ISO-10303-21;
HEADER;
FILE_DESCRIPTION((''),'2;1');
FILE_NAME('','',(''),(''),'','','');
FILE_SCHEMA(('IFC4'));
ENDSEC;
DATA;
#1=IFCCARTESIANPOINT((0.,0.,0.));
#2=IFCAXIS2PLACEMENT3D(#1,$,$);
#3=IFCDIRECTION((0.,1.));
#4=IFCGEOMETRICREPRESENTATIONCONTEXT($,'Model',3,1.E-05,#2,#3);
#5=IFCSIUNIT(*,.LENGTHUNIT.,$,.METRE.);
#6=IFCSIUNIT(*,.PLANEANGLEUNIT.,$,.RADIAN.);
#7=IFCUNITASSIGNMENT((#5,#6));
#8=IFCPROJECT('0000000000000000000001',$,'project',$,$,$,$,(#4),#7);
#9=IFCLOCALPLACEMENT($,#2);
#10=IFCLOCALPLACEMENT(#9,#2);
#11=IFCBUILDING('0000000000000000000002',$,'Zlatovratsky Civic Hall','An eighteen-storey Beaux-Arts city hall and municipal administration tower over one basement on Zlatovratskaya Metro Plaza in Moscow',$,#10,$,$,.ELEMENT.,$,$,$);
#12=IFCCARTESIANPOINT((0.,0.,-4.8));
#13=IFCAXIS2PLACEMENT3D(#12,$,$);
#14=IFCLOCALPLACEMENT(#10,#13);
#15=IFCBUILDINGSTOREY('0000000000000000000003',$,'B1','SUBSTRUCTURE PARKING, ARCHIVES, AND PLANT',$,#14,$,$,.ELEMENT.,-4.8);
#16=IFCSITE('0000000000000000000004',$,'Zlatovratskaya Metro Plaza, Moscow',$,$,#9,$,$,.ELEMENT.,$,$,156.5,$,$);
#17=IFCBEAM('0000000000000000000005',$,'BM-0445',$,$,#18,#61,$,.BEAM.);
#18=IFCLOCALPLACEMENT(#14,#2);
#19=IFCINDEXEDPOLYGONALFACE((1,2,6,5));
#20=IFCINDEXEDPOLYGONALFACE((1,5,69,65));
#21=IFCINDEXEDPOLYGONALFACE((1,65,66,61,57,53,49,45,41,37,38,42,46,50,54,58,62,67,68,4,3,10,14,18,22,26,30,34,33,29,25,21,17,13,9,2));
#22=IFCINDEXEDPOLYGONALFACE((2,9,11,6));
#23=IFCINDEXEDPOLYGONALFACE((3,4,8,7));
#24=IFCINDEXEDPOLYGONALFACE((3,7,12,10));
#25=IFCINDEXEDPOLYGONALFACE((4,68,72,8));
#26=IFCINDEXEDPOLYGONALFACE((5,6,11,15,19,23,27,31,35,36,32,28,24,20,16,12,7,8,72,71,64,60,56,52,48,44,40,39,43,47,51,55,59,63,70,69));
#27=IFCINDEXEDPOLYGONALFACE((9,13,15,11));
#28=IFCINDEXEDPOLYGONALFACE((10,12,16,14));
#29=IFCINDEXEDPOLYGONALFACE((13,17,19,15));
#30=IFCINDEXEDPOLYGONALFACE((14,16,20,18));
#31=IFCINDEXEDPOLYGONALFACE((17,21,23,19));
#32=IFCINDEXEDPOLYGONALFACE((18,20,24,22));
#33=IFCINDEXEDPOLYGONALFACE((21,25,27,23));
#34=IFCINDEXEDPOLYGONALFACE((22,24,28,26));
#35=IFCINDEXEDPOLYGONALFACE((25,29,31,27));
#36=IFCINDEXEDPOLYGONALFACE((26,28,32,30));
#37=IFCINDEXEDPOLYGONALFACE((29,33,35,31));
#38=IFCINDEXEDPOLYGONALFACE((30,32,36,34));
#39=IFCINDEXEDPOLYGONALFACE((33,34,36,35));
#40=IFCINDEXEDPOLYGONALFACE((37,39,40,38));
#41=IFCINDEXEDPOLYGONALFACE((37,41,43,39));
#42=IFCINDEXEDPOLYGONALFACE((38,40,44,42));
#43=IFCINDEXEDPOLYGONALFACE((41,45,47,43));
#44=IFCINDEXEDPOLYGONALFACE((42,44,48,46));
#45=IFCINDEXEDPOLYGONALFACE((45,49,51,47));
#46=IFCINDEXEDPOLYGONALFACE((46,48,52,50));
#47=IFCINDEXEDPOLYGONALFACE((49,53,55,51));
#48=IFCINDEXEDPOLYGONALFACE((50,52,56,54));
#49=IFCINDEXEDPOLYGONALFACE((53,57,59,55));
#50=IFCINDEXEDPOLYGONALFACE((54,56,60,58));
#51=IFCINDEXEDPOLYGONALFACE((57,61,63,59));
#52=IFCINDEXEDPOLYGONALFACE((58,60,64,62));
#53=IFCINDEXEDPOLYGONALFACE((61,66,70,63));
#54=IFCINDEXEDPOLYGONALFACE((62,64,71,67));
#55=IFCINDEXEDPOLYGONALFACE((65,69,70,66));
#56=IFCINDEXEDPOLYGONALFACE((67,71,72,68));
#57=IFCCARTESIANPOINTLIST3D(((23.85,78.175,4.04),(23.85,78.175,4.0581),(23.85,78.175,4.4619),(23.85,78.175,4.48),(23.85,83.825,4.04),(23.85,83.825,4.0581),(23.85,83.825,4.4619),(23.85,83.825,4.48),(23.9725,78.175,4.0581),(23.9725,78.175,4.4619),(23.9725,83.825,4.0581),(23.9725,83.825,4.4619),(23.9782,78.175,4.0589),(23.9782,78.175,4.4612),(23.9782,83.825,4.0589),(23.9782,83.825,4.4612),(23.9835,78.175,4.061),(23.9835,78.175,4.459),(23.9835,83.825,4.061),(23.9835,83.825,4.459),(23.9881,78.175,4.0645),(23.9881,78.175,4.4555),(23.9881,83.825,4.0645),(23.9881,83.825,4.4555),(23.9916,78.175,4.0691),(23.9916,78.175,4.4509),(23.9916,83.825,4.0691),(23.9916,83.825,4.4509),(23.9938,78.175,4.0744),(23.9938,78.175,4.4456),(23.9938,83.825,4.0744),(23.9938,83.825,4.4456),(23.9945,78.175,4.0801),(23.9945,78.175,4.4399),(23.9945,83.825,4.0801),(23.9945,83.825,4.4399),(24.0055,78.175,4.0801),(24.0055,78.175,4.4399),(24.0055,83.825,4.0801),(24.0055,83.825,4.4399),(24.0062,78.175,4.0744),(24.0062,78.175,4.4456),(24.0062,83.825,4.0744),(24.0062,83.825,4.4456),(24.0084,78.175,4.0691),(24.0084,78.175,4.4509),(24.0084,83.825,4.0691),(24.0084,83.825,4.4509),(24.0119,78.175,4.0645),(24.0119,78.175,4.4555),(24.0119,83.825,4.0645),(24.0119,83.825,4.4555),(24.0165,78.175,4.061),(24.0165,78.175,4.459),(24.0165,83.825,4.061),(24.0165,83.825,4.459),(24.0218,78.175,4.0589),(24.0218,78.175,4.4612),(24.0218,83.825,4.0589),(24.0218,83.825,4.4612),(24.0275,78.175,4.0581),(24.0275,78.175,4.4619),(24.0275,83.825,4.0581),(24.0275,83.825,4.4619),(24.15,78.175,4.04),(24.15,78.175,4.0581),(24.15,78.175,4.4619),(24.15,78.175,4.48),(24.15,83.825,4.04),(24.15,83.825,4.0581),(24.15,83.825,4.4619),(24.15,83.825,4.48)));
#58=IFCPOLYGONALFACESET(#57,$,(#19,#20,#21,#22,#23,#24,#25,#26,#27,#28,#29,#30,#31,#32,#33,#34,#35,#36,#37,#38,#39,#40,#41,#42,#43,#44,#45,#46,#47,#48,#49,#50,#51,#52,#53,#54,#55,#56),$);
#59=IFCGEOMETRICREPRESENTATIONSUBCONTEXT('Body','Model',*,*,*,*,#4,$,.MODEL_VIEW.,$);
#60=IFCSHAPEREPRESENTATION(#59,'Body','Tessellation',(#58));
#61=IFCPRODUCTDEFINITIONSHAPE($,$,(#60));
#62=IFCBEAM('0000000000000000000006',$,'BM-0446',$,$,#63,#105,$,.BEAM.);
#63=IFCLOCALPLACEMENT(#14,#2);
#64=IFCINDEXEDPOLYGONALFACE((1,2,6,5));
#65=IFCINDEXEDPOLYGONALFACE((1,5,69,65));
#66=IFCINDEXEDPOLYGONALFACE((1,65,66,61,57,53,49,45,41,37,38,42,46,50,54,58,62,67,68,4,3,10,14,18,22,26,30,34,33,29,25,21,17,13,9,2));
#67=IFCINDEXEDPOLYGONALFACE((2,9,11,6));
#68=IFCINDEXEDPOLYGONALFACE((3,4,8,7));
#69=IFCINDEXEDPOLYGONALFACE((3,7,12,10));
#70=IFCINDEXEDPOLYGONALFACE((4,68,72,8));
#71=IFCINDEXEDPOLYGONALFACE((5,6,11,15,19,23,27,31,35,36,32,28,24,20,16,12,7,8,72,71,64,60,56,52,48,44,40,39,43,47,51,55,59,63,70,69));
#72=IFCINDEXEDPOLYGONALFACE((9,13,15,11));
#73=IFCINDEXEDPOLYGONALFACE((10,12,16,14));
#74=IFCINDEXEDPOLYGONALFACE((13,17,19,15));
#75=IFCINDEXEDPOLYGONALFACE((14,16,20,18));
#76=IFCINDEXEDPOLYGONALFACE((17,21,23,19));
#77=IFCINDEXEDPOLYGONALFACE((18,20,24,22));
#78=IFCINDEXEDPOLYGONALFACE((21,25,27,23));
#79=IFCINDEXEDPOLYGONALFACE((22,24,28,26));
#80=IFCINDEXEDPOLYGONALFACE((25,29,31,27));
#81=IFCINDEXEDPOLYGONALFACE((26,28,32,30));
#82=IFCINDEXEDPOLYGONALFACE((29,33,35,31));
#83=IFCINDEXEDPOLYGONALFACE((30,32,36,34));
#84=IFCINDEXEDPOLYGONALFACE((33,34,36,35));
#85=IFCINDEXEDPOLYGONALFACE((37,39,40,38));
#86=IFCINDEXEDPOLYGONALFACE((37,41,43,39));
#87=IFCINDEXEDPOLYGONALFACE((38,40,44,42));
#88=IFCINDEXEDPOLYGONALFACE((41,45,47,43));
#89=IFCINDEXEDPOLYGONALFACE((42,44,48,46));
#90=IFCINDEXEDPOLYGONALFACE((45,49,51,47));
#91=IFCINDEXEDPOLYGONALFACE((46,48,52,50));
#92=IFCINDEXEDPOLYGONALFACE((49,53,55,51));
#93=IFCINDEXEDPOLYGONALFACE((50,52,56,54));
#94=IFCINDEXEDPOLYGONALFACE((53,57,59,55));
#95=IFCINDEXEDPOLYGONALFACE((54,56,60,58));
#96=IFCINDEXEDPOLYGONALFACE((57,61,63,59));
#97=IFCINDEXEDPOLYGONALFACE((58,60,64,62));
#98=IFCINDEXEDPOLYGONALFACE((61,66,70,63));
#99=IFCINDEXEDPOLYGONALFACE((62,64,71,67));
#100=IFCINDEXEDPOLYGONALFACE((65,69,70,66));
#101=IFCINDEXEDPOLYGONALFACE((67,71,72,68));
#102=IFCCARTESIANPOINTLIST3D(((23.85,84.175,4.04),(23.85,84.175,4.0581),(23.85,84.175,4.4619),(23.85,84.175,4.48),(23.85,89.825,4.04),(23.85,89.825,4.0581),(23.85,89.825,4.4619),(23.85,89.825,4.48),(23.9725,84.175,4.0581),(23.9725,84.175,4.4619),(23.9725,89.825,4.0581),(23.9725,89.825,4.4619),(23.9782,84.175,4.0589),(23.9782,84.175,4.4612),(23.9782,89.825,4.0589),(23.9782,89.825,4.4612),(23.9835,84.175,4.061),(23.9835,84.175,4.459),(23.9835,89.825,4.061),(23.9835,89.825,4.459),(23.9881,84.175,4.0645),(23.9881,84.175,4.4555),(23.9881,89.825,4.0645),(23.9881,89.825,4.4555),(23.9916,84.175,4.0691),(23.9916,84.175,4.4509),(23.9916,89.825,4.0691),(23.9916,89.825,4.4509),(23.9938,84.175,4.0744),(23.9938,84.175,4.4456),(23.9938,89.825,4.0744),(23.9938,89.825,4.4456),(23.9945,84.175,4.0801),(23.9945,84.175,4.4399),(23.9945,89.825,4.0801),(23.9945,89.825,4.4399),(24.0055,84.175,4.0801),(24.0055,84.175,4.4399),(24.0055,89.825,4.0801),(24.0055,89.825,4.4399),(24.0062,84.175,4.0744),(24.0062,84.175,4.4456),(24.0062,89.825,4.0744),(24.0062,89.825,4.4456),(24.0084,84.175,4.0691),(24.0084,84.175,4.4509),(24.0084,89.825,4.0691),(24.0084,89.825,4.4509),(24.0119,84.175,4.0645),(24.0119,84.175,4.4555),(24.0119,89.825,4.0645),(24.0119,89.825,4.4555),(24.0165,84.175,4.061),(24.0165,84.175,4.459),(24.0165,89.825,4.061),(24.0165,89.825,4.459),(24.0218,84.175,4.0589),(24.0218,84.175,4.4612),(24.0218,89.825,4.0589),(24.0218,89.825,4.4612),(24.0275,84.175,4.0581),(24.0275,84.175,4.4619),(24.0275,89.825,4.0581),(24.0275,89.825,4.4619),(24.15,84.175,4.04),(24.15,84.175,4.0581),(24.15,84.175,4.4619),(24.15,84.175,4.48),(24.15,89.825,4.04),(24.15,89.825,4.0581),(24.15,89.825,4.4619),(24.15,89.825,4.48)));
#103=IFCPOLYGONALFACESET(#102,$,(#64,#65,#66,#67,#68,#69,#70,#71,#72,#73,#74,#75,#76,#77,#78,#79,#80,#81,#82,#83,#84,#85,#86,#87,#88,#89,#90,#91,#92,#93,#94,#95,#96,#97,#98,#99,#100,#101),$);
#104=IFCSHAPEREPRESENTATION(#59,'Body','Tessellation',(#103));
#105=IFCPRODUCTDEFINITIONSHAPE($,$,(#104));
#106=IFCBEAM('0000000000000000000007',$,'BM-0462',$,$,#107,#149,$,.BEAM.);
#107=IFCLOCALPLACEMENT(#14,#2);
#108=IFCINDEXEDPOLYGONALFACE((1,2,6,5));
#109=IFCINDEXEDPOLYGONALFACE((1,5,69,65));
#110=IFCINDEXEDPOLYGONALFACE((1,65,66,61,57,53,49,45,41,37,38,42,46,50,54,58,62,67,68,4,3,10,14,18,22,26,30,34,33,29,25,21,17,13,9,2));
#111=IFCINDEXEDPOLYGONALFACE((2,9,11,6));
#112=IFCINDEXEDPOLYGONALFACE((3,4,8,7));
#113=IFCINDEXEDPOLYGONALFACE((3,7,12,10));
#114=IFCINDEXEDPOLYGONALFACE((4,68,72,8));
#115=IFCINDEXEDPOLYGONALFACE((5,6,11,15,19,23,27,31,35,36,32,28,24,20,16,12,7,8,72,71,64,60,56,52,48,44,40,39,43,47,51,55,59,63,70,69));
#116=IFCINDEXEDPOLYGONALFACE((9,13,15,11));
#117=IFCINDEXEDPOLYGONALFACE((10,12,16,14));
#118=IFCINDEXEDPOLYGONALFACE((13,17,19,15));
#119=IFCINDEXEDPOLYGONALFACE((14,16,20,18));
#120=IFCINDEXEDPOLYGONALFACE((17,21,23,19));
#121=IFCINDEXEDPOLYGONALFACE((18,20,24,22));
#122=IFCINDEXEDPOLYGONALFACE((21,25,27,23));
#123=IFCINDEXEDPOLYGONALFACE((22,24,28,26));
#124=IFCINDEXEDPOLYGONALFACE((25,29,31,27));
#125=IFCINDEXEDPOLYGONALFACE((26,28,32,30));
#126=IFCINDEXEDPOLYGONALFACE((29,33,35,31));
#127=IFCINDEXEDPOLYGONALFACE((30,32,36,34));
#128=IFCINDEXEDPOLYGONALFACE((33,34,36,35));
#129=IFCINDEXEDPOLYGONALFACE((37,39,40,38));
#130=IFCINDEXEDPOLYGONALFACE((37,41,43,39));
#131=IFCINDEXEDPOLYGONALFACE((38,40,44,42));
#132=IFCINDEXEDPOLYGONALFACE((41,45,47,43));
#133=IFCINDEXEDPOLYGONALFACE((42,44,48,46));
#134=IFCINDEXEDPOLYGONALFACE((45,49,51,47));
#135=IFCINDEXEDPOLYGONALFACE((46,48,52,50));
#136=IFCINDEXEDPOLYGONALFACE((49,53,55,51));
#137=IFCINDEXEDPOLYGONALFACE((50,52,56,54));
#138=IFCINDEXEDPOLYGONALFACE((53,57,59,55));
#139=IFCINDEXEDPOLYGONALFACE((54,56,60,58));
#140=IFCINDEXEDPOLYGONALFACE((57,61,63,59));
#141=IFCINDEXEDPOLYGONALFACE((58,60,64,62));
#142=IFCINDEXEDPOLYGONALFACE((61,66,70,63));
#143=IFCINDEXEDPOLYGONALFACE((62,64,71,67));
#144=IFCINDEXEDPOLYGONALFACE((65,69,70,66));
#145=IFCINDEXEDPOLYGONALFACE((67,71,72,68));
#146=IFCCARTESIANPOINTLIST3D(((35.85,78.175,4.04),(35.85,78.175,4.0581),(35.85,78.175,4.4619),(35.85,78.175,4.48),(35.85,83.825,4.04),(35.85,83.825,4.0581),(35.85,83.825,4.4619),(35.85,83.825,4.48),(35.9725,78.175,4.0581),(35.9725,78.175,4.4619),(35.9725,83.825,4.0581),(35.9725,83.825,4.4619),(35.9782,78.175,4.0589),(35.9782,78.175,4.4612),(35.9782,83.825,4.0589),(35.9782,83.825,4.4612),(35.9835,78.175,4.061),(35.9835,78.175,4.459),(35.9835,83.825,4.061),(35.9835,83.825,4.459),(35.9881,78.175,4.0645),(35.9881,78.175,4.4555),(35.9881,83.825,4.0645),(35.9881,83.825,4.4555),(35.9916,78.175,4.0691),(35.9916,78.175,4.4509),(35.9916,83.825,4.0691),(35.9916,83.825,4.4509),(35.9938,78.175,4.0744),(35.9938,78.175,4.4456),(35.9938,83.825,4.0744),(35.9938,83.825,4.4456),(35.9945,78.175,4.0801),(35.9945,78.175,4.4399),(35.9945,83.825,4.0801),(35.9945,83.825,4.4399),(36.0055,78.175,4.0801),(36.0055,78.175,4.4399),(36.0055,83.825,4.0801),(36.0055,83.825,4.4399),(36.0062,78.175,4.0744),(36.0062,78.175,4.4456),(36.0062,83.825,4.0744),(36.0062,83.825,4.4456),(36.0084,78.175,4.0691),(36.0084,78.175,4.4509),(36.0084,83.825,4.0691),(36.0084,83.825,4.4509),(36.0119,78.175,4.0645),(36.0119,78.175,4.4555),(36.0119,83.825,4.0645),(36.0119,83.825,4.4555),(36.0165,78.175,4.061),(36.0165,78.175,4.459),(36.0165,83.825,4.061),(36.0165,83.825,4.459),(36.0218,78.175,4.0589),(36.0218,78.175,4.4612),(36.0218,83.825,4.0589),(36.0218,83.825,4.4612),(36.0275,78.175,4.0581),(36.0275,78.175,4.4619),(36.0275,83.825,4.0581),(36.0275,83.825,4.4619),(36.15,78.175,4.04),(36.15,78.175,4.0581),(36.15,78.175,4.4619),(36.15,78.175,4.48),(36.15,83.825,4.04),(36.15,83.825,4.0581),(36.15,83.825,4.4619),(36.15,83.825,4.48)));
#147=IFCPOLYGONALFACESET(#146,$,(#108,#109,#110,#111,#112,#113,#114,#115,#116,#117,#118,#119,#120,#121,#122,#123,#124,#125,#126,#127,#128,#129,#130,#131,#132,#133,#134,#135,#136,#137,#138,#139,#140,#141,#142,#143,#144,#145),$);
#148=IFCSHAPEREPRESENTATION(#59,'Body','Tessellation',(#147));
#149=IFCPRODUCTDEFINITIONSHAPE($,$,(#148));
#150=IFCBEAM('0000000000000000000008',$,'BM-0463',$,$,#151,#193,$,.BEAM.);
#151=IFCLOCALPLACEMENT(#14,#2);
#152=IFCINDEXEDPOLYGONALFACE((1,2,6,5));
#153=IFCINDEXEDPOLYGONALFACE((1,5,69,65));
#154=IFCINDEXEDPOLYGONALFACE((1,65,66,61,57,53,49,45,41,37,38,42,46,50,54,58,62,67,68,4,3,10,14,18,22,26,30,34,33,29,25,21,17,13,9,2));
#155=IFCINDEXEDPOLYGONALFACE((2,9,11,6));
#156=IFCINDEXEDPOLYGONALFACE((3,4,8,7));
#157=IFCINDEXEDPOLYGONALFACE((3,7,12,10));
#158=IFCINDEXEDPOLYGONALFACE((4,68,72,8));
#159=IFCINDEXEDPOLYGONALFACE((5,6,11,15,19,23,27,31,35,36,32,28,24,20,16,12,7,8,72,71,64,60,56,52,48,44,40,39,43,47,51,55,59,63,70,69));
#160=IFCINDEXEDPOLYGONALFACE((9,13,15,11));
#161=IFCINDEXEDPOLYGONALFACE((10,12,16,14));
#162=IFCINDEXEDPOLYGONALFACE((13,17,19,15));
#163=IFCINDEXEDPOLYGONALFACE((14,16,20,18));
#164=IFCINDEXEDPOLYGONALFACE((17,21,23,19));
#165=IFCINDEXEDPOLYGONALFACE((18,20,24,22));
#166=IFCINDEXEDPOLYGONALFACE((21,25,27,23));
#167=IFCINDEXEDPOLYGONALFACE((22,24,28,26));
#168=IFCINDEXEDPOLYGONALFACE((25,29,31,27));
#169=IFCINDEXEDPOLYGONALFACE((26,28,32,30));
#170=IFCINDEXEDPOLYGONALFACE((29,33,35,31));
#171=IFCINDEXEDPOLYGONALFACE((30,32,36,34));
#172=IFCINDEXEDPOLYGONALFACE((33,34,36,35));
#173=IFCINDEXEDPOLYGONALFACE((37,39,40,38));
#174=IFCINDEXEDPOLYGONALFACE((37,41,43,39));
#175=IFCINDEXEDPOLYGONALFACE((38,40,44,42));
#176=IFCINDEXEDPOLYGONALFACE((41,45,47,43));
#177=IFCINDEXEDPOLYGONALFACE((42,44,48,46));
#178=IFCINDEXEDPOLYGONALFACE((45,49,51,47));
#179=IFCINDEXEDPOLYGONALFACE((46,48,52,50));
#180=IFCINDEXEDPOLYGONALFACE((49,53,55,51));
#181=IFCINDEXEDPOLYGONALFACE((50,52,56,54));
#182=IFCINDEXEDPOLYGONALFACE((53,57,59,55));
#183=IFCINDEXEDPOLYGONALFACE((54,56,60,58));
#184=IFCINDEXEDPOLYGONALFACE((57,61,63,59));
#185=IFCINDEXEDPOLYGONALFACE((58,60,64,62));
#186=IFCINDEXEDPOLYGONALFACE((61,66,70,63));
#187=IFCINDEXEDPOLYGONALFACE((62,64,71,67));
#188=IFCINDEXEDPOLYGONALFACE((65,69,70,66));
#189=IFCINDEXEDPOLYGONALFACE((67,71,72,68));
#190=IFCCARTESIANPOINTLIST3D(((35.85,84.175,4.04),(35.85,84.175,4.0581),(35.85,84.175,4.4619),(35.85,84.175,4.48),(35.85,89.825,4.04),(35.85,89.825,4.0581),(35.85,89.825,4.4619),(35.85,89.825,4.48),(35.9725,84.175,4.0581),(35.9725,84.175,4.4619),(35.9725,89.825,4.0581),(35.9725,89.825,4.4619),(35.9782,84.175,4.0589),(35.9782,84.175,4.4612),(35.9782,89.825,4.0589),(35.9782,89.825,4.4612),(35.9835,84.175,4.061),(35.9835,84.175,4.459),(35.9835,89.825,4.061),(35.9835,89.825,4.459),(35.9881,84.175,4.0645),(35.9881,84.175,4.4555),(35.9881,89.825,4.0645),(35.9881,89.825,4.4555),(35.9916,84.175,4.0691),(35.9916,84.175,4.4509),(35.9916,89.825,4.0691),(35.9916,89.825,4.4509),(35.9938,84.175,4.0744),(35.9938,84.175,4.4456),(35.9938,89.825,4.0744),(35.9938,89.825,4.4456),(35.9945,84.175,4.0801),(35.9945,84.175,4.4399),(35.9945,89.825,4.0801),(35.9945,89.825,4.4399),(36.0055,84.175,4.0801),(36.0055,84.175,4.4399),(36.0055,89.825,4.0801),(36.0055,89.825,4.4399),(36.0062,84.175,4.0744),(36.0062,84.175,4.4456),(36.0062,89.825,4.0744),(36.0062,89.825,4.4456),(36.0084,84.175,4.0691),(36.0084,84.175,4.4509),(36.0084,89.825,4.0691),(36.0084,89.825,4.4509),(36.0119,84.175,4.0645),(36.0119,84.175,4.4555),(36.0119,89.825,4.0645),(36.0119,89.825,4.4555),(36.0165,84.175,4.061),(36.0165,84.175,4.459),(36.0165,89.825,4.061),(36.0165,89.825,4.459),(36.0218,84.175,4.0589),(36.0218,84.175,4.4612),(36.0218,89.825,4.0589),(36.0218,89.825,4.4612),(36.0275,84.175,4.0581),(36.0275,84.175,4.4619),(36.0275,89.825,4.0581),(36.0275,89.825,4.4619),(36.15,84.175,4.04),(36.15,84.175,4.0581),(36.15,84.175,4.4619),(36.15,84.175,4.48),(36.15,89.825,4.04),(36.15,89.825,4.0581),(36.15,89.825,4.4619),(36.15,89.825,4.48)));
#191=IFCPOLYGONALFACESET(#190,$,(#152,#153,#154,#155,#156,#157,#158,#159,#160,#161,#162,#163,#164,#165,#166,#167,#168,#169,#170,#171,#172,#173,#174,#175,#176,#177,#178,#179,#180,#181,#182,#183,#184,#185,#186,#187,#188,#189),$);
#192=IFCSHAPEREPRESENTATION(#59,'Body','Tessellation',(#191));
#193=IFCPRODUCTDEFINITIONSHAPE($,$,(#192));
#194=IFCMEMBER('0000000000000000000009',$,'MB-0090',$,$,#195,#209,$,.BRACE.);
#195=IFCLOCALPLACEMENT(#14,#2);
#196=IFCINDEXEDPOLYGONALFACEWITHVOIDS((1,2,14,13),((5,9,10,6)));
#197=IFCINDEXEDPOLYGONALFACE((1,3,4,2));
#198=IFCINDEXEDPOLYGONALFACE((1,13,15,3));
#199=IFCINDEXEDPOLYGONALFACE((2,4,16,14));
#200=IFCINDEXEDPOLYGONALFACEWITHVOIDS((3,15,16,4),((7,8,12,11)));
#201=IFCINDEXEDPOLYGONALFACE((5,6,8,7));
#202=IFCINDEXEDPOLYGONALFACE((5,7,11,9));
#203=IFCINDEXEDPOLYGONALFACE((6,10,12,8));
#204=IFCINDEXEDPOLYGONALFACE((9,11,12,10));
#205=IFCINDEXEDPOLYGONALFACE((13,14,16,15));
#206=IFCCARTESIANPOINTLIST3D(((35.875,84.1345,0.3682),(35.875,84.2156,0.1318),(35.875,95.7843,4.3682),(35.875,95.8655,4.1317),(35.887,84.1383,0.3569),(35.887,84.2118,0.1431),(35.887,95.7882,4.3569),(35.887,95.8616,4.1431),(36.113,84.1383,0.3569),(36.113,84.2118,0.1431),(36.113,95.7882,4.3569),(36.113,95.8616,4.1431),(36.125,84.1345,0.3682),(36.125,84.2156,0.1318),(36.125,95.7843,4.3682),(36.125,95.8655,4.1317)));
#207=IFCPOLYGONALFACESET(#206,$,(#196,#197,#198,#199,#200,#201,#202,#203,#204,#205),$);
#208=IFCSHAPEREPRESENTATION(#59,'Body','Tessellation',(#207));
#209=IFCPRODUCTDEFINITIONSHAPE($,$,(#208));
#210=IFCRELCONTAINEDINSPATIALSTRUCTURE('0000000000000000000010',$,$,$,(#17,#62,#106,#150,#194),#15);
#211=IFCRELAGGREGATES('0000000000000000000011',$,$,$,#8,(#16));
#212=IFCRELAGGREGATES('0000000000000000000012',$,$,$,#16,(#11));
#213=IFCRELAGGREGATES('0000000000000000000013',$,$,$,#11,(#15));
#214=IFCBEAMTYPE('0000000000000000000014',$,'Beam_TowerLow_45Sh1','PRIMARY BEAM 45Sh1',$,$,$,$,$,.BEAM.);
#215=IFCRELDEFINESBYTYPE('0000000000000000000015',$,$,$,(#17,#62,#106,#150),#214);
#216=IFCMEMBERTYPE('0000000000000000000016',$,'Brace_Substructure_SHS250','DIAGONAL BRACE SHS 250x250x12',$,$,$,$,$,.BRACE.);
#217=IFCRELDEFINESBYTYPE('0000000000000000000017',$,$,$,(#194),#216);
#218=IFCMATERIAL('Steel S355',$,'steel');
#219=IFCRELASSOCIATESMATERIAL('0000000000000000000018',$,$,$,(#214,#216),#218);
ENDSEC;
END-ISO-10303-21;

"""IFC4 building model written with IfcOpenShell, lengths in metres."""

from ifc_helpers import new_model, si_unit, direction, frame, origin, origin_2d, place, context, subcontext, project, spatial, hollow_rectangle, i_section, extrude, material, material_profile, profile_set, type_object, element, save


model = new_model("IFC4")

# Units and contexts
model_context = context("Model", 3, precision=1e-05, world=origin(), true_north=direction((0.0, 1.0)))
body_context = subcontext(model_context, "Body", "Model", "MODEL_VIEW")
ifc_project = project(units=[si_unit("LENGTHUNIT", "METRE"), si_unit("PLANEANGLEUNIT", "RADIAN")], contexts=[model_context])

# Site, building, storey
site_placement = place(None, origin())
site = spatial("IfcSite", under=ifc_project, at=site_placement, Name="Zlatovratskaya Metro Plaza, Moscow", CompositionType="ELEMENT", RefElevation=156.5)
building_placement = place(site_placement, origin())
building = spatial("IfcBuilding", under=site, at=building_placement, Name="Zlatovratsky Civic Hall", Description="An eighteen-storey Beaux-Arts city hall and municipal administration tower over one basement on Zlatovratskaya Metro Plaza in Moscow", CompositionType="ELEMENT")
storey_placement = place(building_placement, frame((0.0, 0.0, -4.8)))
storey = spatial("IfcBuildingStorey", under=building, at=storey_placement, Name="B1", Description="SUBSTRUCTURE PARKING, ARCHIVES, AND PLANT", CompositionType="ELEMENT", Elevation=-4.8)

# Shared definitions
ifc_material_1 = material(Name="Steel S355", Category="steel")

# Beams
ifc_material_profile_1 = material_profile(ifc_material_1, i_section(OverallWidth=0.3, OverallDepth=0.4399, WebThickness=0.011, FlangeThickness=0.0181, FilletRadius=0.022, at=origin_2d()), Name="45Sh1")
ifc_profile_set_1 = profile_set([ifc_material_profile_1], Name="Steel S355")
beam_type_1 = type_object("IfcBeamType", Name="Beam_TowerLow_45Sh1", Description="PRIMARY BEAM 45Sh1", PredefinedType="BEAM", material=ifc_profile_set_1)
for number, where, z_axis, x_axis, name in (
    (1, (24.0, 78.175, 4.26), (0.0, 1.0, 0.0), (-1.0, 0.0, 0.0), "BM-0445"),
    (2, (24.0, 84.175, 4.26), (0.0, 1.0, 0.0), (-1.0, 0.0, 0.0), "BM-0446"),
    (3, (36.0, 78.175, 4.26), (0.0, 1.0, 0.0), (-1.0, 0.0, 0.0), "BM-0462"),
    (4, (36.0, 84.175, 4.26), (0.0, 1.0, 0.0), (-1.0, 0.0, 0.0), "BM-0463"),
):
    element("IfcBeam", number, at=place(storey_placement, frame(where, z_axis=z_axis, x_axis=x_axis)), inside=storey, type_object=beam_type_1, Name=name, PredefinedType="BEAM", context=body_context, shape_type="SweptSolid", body=[
        extrude(i_section(OverallWidth=0.3, OverallDepth=0.4399, WebThickness=0.011, FlangeThickness=0.0181, FilletRadius=0.022, at=origin_2d()), origin(), (0.0, 0.0, 1.0), 5.6499),
    ])

# Member
ifc_material_profile_2 = material_profile(ifc_material_1, hollow_rectangle(XDim=0.25, YDim=0.25, WallThickness=0.012, at=origin_2d()), Name="SHS 250x250x12")
ifc_profile_set_2 = profile_set([ifc_material_profile_2], Name="Steel S355")
member_type = type_object("IfcMemberType", Name="Brace_Substructure_SHS250", Description="DIAGONAL BRACE SHS 250x250x12", PredefinedType="BRACE", material=ifc_profile_set_2)
member_placement = place(storey_placement, frame((36.0, 84.175, 0.25), z_axis=(0.0, 0.945803, 0.324742), x_axis=(-1.0, 0.0, 0.0)))
element("IfcMember", 5, at=member_placement, inside=storey, type_object=member_type, Name="MB-0090", PredefinedType="BRACE", context=body_context, shape_type="SweptSolid", body=[
    extrude(hollow_rectangle(XDim=0.25, YDim=0.25, WallThickness=0.012, at=origin_2d()), origin(), (0.0, 0.0, 1.0), 12.3174),
])

save(model, "model.ifc")
